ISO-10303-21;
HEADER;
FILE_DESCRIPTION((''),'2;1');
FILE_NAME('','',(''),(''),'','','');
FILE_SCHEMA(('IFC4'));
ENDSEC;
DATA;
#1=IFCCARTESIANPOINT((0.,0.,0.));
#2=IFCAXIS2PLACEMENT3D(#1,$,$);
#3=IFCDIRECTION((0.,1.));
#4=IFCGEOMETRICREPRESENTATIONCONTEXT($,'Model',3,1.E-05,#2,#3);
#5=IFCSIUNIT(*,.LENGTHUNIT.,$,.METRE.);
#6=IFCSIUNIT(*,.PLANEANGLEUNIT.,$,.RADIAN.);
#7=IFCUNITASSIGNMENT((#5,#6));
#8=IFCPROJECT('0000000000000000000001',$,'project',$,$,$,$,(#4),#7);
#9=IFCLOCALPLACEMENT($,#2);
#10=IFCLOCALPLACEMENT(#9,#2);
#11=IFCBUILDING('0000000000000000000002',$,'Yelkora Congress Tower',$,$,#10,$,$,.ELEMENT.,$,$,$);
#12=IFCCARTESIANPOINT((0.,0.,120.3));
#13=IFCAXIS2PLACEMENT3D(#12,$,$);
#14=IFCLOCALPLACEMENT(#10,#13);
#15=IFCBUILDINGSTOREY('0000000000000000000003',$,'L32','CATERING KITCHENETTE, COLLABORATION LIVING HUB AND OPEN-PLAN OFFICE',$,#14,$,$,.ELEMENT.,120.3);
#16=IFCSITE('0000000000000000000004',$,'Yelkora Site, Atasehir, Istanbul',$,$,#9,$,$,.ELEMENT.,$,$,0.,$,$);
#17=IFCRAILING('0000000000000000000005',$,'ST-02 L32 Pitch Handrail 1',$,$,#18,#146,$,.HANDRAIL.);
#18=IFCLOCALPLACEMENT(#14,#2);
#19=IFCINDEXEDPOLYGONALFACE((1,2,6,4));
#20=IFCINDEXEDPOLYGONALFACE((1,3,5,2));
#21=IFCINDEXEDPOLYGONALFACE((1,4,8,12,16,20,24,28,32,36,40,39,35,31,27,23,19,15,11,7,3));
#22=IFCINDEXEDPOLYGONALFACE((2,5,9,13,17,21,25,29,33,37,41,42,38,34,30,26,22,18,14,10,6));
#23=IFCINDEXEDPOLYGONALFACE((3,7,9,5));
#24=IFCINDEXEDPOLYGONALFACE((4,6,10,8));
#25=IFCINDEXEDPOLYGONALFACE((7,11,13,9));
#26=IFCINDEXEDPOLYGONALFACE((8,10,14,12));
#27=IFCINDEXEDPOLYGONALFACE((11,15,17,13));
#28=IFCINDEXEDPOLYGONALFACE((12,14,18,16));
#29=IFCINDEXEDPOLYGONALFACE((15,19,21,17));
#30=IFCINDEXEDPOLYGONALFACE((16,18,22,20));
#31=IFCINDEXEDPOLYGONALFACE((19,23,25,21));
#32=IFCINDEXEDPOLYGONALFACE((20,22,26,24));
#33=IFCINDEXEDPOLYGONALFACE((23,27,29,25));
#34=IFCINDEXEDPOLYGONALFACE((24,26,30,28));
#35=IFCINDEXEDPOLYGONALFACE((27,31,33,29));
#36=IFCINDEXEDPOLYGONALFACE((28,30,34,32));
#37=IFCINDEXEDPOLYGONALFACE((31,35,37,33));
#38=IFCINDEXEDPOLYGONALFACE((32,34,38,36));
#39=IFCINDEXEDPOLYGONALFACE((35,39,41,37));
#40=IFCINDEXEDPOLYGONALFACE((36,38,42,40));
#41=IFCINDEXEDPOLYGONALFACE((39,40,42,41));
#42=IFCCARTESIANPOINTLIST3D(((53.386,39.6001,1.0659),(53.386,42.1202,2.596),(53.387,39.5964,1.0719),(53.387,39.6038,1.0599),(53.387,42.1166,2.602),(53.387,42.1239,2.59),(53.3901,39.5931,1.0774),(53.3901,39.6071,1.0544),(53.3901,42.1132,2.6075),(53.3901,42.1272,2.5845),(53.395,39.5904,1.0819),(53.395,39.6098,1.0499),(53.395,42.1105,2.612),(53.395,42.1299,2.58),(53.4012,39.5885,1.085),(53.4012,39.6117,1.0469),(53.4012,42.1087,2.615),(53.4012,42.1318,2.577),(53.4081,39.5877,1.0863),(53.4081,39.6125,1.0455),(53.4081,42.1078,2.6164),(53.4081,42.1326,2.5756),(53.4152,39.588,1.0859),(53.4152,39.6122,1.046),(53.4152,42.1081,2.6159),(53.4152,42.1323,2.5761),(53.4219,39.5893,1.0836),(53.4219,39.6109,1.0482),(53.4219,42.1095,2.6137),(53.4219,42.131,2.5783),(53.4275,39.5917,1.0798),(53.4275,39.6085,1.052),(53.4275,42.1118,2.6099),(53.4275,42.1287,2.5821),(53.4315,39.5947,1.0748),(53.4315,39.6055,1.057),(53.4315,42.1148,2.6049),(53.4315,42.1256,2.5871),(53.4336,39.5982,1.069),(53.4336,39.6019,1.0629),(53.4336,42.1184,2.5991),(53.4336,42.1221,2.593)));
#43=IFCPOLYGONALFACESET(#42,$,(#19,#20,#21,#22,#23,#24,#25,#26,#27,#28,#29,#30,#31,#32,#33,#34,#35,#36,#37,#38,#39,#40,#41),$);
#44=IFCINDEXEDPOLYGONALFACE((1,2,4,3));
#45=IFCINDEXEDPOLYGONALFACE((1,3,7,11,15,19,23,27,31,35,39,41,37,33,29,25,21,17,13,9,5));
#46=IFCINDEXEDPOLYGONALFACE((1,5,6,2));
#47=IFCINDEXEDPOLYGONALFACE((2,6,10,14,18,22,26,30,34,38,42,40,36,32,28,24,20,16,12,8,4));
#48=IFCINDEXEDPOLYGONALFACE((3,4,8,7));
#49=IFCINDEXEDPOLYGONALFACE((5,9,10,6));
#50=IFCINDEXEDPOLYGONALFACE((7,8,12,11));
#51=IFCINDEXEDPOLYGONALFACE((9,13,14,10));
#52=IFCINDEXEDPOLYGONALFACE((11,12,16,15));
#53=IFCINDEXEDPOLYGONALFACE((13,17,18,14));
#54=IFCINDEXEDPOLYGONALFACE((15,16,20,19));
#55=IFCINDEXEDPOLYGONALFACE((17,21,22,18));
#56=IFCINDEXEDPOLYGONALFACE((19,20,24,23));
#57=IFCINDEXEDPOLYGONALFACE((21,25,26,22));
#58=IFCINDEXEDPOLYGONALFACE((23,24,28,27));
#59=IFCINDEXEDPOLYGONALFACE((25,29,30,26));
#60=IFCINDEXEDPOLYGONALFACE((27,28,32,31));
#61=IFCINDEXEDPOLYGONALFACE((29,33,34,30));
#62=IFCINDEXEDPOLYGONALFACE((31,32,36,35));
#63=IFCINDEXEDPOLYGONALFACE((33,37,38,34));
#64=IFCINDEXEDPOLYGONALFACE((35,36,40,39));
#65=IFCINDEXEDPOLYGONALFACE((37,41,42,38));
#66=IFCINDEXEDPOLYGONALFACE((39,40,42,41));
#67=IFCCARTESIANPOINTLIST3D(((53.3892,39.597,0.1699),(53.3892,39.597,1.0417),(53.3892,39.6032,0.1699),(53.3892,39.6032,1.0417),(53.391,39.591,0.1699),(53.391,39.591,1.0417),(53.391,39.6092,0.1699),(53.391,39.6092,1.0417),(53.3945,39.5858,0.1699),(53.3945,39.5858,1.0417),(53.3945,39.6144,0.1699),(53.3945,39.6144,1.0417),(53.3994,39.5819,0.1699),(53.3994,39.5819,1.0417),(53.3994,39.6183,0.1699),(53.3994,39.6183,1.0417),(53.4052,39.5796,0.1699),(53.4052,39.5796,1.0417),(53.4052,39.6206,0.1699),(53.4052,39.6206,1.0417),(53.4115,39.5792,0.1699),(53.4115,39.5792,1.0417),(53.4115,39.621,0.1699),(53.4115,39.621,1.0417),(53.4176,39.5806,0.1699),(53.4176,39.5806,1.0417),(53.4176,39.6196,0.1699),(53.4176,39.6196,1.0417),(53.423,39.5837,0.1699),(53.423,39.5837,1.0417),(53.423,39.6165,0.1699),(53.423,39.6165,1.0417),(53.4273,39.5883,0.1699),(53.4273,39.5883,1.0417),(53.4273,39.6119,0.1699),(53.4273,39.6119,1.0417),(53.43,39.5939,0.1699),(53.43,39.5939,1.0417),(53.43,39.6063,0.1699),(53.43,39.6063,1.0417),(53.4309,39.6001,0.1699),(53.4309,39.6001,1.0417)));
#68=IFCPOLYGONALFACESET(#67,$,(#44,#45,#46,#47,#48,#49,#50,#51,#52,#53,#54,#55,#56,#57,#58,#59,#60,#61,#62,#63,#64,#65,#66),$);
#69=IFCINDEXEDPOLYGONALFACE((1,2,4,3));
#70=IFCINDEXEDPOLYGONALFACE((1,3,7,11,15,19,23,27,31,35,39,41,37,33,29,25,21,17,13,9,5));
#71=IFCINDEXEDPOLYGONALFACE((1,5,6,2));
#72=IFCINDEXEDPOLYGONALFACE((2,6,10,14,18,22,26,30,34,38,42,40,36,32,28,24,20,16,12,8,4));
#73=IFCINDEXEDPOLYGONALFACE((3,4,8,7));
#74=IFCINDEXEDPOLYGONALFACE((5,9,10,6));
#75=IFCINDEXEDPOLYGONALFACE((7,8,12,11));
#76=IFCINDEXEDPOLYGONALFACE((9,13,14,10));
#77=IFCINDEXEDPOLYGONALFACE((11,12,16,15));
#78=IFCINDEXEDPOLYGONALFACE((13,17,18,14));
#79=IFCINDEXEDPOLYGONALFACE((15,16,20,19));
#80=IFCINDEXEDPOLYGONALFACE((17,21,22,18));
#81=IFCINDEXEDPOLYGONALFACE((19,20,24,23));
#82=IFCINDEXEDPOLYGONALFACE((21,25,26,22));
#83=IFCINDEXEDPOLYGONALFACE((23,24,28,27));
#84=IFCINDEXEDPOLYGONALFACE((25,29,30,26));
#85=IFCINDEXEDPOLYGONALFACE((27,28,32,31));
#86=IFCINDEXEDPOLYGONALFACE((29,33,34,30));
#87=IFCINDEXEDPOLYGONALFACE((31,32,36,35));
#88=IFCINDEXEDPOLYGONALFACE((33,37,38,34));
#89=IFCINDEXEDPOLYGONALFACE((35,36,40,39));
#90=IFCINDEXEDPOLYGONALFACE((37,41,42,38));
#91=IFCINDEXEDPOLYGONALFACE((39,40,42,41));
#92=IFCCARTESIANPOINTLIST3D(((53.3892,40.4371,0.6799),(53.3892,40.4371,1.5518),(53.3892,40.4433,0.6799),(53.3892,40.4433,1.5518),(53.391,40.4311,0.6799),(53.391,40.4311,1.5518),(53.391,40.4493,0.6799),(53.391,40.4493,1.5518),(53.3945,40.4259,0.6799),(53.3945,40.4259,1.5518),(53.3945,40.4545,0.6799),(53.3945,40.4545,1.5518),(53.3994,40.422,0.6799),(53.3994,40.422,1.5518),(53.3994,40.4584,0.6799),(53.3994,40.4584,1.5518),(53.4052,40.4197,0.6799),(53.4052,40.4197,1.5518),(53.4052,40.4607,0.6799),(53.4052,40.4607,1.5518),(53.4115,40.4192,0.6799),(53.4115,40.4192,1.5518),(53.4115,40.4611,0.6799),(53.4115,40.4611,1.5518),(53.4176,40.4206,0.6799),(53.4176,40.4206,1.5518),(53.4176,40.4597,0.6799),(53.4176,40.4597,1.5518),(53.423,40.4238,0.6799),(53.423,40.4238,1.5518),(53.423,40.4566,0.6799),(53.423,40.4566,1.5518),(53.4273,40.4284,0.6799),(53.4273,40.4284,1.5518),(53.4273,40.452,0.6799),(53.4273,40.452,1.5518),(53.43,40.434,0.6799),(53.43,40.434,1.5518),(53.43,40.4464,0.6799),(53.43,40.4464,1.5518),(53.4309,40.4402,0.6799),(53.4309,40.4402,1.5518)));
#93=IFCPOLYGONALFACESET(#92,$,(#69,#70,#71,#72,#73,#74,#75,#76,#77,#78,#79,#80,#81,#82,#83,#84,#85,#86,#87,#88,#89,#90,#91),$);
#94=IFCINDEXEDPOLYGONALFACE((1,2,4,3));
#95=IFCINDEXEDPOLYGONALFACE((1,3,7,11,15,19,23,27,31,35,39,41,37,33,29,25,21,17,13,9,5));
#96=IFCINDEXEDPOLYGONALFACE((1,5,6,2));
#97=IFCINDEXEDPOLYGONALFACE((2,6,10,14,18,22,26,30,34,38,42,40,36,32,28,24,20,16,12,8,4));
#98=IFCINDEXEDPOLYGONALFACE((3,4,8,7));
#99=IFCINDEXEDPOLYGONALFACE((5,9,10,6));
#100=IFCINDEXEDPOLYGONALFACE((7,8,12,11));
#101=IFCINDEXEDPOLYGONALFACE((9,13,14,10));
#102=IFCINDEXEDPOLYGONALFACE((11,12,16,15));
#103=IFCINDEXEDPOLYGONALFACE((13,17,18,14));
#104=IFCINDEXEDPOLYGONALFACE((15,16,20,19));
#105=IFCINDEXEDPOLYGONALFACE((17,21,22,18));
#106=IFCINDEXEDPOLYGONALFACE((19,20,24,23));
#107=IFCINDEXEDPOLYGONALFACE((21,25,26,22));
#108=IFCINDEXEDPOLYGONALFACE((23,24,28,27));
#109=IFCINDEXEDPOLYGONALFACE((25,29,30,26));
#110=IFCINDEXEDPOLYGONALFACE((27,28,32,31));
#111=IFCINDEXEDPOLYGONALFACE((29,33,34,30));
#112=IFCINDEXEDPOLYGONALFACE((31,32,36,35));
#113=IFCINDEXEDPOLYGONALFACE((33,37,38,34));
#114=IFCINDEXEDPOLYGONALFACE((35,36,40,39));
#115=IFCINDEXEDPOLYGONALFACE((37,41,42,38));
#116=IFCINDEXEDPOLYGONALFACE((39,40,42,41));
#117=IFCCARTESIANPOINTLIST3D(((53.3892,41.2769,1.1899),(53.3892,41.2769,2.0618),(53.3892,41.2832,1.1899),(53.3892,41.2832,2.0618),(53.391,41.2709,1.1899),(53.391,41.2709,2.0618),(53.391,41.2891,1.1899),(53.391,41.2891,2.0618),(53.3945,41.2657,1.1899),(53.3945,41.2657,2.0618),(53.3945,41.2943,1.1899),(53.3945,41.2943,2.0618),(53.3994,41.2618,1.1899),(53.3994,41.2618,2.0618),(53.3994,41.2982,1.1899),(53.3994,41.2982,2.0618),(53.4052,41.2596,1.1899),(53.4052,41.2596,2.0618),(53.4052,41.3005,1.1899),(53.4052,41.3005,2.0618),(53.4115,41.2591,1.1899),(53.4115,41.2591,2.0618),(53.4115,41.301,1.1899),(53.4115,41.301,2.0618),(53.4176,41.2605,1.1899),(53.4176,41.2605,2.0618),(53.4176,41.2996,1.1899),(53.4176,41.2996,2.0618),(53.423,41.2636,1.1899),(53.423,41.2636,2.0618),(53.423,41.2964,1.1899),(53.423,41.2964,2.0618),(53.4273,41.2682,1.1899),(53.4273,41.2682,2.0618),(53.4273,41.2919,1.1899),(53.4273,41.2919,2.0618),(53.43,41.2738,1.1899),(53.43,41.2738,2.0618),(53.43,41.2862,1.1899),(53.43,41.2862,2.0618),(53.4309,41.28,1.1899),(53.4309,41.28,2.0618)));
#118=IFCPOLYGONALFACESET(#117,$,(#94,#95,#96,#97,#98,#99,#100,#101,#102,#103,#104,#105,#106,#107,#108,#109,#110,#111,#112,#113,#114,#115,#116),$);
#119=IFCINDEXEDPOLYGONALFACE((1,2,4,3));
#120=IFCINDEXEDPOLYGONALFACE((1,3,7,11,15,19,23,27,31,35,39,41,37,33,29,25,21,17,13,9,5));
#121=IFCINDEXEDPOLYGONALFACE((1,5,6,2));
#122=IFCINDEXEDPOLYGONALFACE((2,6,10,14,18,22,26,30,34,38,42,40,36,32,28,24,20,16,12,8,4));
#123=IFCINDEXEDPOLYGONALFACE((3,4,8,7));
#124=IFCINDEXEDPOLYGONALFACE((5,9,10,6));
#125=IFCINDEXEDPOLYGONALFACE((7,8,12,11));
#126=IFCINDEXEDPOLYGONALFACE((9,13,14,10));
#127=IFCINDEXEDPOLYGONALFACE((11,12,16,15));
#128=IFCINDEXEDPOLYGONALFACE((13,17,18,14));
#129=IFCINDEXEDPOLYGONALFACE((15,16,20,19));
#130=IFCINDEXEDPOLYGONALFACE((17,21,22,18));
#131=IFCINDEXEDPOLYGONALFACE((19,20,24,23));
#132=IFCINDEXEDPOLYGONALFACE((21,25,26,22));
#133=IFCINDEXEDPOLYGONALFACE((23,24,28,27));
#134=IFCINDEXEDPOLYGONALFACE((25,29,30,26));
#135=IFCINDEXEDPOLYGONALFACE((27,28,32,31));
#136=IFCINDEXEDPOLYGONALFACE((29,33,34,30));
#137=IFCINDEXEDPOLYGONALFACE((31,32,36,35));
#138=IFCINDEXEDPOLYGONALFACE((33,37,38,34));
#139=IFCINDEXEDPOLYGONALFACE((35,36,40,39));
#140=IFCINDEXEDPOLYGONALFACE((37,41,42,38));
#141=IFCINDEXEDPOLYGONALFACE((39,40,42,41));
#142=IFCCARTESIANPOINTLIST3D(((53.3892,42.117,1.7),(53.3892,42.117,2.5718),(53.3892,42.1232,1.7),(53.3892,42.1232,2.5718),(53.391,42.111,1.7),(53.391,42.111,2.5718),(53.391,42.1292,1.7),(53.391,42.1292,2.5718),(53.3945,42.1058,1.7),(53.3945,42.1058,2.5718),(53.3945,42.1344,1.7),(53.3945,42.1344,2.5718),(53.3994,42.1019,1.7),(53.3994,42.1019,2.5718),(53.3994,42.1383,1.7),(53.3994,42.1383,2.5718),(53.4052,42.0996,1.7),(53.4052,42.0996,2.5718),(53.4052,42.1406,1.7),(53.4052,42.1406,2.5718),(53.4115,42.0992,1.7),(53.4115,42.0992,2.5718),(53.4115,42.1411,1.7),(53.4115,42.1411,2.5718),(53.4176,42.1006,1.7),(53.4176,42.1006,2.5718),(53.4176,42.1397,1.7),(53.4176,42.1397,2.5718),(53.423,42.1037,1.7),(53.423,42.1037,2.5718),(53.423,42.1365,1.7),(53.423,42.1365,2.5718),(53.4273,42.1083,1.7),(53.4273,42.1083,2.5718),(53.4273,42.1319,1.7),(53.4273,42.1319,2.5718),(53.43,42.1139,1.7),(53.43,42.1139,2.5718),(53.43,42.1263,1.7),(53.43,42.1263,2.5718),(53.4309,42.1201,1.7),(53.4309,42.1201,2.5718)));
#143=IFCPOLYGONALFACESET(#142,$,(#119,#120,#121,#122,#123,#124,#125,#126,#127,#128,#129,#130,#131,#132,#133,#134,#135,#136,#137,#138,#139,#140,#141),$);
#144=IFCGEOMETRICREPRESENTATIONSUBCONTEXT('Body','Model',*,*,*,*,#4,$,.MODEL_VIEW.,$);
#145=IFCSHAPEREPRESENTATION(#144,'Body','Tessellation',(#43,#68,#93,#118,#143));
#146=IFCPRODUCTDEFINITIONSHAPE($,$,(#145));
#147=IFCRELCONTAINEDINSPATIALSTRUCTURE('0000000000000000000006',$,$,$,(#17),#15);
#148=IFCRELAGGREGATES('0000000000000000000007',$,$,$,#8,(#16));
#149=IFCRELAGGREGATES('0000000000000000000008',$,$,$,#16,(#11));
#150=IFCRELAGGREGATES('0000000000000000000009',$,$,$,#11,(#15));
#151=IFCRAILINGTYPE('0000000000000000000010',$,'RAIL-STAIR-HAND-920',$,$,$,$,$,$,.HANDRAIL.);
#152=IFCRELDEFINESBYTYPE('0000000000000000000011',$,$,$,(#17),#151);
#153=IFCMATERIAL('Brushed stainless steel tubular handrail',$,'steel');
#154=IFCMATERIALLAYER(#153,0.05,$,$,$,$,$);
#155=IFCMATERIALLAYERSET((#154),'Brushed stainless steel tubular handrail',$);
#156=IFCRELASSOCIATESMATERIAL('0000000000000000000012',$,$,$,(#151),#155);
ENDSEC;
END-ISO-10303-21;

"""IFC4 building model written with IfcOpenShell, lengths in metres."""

from ifc_helpers import new_model, si_unit, direction, frame, origin, origin_2d, place, context, subcontext, project, spatial, circle, extrude, material, layer, layer_set, type_object, element, save


model = new_model("IFC4")

# Units and contexts
model_context = context("Model", 3, precision=1e-05, world=origin(), true_north=direction((0.0, 1.0)))
body_context = subcontext(model_context, "Body", "Model", "MODEL_VIEW")
ifc_project = project(units=[si_unit("LENGTHUNIT", "METRE"), si_unit("PLANEANGLEUNIT", "RADIAN")], contexts=[model_context])

# Site, building, storey
site_placement = place(None, origin())
site = spatial("IfcSite", under=ifc_project, at=site_placement, Name="Yelkora Site, Atasehir, Istanbul", CompositionType="ELEMENT", RefElevation=0.0)
building_placement = place(site_placement, origin())
building = spatial("IfcBuilding", under=site, at=building_placement, Name="Yelkora Congress Tower", CompositionType="ELEMENT")
storey_placement = place(building_placement, frame((0.0, 0.0, 120.3)))
storey = spatial("IfcBuildingStorey", under=building, at=storey_placement, Name="L32", Description="CATERING KITCHENETTE, COLLABORATION LIVING HUB AND OPEN-PLAN OFFICE", CompositionType="ELEMENT", Elevation=120.3)

# Railing
ifc_material_1 = material(Name="Brushed stainless steel tubular handrail", Category="steel")
ifc_layer_1 = layer(ifc_material_1, 0.05)
ifc_layer_set_1 = layer_set([ifc_layer_1], Name="Brushed stainless steel tubular handrail")
railing_type_1 = type_object("IfcRailingType", Name="RAIL-STAIR-HAND-920", PredefinedType="HANDRAIL", material=ifc_layer_set_1)
railing_1_placement = place(storey_placement, frame((53.4099, 39.6001, 0.1699)))
element("IfcRailing", 1, at=railing_1_placement, inside=storey, type_object=railing_type_1, Name="ST-02 L32 Pitch Handrail 1", PredefinedType="HANDRAIL", context=body_context, shape_type="SweptSolid", body=[
    extrude(circle(Radius=0.0239, at=origin_2d()), frame((0.0, 0.0, 0.896), z_axis=(0.0, 0.854785, 0.518982), x_axis=(-1.0, 0.0, 0.0)), (0.0, 0.0, 1.0), 2.9482),
    extrude(circle(Radius=0.021, at=origin_2d()), origin(), (0.0, 0.0, 1.0), 0.8718),
    extrude(circle(Radius=0.021, at=origin_2d()), frame((0.0, 0.8401, 0.51)), (0.0, 0.0, 1.0), 0.8718),
    extrude(circle(Radius=0.021, at=origin_2d()), frame((0.0, 1.6799, 1.02)), (0.0, 0.0, 1.0), 0.8718),
    extrude(circle(Radius=0.021, at=origin_2d()), frame((0.0, 2.52, 1.53)), (0.0, 0.0, 1.0), 0.8718),
])

save(model, "model.ifc")
